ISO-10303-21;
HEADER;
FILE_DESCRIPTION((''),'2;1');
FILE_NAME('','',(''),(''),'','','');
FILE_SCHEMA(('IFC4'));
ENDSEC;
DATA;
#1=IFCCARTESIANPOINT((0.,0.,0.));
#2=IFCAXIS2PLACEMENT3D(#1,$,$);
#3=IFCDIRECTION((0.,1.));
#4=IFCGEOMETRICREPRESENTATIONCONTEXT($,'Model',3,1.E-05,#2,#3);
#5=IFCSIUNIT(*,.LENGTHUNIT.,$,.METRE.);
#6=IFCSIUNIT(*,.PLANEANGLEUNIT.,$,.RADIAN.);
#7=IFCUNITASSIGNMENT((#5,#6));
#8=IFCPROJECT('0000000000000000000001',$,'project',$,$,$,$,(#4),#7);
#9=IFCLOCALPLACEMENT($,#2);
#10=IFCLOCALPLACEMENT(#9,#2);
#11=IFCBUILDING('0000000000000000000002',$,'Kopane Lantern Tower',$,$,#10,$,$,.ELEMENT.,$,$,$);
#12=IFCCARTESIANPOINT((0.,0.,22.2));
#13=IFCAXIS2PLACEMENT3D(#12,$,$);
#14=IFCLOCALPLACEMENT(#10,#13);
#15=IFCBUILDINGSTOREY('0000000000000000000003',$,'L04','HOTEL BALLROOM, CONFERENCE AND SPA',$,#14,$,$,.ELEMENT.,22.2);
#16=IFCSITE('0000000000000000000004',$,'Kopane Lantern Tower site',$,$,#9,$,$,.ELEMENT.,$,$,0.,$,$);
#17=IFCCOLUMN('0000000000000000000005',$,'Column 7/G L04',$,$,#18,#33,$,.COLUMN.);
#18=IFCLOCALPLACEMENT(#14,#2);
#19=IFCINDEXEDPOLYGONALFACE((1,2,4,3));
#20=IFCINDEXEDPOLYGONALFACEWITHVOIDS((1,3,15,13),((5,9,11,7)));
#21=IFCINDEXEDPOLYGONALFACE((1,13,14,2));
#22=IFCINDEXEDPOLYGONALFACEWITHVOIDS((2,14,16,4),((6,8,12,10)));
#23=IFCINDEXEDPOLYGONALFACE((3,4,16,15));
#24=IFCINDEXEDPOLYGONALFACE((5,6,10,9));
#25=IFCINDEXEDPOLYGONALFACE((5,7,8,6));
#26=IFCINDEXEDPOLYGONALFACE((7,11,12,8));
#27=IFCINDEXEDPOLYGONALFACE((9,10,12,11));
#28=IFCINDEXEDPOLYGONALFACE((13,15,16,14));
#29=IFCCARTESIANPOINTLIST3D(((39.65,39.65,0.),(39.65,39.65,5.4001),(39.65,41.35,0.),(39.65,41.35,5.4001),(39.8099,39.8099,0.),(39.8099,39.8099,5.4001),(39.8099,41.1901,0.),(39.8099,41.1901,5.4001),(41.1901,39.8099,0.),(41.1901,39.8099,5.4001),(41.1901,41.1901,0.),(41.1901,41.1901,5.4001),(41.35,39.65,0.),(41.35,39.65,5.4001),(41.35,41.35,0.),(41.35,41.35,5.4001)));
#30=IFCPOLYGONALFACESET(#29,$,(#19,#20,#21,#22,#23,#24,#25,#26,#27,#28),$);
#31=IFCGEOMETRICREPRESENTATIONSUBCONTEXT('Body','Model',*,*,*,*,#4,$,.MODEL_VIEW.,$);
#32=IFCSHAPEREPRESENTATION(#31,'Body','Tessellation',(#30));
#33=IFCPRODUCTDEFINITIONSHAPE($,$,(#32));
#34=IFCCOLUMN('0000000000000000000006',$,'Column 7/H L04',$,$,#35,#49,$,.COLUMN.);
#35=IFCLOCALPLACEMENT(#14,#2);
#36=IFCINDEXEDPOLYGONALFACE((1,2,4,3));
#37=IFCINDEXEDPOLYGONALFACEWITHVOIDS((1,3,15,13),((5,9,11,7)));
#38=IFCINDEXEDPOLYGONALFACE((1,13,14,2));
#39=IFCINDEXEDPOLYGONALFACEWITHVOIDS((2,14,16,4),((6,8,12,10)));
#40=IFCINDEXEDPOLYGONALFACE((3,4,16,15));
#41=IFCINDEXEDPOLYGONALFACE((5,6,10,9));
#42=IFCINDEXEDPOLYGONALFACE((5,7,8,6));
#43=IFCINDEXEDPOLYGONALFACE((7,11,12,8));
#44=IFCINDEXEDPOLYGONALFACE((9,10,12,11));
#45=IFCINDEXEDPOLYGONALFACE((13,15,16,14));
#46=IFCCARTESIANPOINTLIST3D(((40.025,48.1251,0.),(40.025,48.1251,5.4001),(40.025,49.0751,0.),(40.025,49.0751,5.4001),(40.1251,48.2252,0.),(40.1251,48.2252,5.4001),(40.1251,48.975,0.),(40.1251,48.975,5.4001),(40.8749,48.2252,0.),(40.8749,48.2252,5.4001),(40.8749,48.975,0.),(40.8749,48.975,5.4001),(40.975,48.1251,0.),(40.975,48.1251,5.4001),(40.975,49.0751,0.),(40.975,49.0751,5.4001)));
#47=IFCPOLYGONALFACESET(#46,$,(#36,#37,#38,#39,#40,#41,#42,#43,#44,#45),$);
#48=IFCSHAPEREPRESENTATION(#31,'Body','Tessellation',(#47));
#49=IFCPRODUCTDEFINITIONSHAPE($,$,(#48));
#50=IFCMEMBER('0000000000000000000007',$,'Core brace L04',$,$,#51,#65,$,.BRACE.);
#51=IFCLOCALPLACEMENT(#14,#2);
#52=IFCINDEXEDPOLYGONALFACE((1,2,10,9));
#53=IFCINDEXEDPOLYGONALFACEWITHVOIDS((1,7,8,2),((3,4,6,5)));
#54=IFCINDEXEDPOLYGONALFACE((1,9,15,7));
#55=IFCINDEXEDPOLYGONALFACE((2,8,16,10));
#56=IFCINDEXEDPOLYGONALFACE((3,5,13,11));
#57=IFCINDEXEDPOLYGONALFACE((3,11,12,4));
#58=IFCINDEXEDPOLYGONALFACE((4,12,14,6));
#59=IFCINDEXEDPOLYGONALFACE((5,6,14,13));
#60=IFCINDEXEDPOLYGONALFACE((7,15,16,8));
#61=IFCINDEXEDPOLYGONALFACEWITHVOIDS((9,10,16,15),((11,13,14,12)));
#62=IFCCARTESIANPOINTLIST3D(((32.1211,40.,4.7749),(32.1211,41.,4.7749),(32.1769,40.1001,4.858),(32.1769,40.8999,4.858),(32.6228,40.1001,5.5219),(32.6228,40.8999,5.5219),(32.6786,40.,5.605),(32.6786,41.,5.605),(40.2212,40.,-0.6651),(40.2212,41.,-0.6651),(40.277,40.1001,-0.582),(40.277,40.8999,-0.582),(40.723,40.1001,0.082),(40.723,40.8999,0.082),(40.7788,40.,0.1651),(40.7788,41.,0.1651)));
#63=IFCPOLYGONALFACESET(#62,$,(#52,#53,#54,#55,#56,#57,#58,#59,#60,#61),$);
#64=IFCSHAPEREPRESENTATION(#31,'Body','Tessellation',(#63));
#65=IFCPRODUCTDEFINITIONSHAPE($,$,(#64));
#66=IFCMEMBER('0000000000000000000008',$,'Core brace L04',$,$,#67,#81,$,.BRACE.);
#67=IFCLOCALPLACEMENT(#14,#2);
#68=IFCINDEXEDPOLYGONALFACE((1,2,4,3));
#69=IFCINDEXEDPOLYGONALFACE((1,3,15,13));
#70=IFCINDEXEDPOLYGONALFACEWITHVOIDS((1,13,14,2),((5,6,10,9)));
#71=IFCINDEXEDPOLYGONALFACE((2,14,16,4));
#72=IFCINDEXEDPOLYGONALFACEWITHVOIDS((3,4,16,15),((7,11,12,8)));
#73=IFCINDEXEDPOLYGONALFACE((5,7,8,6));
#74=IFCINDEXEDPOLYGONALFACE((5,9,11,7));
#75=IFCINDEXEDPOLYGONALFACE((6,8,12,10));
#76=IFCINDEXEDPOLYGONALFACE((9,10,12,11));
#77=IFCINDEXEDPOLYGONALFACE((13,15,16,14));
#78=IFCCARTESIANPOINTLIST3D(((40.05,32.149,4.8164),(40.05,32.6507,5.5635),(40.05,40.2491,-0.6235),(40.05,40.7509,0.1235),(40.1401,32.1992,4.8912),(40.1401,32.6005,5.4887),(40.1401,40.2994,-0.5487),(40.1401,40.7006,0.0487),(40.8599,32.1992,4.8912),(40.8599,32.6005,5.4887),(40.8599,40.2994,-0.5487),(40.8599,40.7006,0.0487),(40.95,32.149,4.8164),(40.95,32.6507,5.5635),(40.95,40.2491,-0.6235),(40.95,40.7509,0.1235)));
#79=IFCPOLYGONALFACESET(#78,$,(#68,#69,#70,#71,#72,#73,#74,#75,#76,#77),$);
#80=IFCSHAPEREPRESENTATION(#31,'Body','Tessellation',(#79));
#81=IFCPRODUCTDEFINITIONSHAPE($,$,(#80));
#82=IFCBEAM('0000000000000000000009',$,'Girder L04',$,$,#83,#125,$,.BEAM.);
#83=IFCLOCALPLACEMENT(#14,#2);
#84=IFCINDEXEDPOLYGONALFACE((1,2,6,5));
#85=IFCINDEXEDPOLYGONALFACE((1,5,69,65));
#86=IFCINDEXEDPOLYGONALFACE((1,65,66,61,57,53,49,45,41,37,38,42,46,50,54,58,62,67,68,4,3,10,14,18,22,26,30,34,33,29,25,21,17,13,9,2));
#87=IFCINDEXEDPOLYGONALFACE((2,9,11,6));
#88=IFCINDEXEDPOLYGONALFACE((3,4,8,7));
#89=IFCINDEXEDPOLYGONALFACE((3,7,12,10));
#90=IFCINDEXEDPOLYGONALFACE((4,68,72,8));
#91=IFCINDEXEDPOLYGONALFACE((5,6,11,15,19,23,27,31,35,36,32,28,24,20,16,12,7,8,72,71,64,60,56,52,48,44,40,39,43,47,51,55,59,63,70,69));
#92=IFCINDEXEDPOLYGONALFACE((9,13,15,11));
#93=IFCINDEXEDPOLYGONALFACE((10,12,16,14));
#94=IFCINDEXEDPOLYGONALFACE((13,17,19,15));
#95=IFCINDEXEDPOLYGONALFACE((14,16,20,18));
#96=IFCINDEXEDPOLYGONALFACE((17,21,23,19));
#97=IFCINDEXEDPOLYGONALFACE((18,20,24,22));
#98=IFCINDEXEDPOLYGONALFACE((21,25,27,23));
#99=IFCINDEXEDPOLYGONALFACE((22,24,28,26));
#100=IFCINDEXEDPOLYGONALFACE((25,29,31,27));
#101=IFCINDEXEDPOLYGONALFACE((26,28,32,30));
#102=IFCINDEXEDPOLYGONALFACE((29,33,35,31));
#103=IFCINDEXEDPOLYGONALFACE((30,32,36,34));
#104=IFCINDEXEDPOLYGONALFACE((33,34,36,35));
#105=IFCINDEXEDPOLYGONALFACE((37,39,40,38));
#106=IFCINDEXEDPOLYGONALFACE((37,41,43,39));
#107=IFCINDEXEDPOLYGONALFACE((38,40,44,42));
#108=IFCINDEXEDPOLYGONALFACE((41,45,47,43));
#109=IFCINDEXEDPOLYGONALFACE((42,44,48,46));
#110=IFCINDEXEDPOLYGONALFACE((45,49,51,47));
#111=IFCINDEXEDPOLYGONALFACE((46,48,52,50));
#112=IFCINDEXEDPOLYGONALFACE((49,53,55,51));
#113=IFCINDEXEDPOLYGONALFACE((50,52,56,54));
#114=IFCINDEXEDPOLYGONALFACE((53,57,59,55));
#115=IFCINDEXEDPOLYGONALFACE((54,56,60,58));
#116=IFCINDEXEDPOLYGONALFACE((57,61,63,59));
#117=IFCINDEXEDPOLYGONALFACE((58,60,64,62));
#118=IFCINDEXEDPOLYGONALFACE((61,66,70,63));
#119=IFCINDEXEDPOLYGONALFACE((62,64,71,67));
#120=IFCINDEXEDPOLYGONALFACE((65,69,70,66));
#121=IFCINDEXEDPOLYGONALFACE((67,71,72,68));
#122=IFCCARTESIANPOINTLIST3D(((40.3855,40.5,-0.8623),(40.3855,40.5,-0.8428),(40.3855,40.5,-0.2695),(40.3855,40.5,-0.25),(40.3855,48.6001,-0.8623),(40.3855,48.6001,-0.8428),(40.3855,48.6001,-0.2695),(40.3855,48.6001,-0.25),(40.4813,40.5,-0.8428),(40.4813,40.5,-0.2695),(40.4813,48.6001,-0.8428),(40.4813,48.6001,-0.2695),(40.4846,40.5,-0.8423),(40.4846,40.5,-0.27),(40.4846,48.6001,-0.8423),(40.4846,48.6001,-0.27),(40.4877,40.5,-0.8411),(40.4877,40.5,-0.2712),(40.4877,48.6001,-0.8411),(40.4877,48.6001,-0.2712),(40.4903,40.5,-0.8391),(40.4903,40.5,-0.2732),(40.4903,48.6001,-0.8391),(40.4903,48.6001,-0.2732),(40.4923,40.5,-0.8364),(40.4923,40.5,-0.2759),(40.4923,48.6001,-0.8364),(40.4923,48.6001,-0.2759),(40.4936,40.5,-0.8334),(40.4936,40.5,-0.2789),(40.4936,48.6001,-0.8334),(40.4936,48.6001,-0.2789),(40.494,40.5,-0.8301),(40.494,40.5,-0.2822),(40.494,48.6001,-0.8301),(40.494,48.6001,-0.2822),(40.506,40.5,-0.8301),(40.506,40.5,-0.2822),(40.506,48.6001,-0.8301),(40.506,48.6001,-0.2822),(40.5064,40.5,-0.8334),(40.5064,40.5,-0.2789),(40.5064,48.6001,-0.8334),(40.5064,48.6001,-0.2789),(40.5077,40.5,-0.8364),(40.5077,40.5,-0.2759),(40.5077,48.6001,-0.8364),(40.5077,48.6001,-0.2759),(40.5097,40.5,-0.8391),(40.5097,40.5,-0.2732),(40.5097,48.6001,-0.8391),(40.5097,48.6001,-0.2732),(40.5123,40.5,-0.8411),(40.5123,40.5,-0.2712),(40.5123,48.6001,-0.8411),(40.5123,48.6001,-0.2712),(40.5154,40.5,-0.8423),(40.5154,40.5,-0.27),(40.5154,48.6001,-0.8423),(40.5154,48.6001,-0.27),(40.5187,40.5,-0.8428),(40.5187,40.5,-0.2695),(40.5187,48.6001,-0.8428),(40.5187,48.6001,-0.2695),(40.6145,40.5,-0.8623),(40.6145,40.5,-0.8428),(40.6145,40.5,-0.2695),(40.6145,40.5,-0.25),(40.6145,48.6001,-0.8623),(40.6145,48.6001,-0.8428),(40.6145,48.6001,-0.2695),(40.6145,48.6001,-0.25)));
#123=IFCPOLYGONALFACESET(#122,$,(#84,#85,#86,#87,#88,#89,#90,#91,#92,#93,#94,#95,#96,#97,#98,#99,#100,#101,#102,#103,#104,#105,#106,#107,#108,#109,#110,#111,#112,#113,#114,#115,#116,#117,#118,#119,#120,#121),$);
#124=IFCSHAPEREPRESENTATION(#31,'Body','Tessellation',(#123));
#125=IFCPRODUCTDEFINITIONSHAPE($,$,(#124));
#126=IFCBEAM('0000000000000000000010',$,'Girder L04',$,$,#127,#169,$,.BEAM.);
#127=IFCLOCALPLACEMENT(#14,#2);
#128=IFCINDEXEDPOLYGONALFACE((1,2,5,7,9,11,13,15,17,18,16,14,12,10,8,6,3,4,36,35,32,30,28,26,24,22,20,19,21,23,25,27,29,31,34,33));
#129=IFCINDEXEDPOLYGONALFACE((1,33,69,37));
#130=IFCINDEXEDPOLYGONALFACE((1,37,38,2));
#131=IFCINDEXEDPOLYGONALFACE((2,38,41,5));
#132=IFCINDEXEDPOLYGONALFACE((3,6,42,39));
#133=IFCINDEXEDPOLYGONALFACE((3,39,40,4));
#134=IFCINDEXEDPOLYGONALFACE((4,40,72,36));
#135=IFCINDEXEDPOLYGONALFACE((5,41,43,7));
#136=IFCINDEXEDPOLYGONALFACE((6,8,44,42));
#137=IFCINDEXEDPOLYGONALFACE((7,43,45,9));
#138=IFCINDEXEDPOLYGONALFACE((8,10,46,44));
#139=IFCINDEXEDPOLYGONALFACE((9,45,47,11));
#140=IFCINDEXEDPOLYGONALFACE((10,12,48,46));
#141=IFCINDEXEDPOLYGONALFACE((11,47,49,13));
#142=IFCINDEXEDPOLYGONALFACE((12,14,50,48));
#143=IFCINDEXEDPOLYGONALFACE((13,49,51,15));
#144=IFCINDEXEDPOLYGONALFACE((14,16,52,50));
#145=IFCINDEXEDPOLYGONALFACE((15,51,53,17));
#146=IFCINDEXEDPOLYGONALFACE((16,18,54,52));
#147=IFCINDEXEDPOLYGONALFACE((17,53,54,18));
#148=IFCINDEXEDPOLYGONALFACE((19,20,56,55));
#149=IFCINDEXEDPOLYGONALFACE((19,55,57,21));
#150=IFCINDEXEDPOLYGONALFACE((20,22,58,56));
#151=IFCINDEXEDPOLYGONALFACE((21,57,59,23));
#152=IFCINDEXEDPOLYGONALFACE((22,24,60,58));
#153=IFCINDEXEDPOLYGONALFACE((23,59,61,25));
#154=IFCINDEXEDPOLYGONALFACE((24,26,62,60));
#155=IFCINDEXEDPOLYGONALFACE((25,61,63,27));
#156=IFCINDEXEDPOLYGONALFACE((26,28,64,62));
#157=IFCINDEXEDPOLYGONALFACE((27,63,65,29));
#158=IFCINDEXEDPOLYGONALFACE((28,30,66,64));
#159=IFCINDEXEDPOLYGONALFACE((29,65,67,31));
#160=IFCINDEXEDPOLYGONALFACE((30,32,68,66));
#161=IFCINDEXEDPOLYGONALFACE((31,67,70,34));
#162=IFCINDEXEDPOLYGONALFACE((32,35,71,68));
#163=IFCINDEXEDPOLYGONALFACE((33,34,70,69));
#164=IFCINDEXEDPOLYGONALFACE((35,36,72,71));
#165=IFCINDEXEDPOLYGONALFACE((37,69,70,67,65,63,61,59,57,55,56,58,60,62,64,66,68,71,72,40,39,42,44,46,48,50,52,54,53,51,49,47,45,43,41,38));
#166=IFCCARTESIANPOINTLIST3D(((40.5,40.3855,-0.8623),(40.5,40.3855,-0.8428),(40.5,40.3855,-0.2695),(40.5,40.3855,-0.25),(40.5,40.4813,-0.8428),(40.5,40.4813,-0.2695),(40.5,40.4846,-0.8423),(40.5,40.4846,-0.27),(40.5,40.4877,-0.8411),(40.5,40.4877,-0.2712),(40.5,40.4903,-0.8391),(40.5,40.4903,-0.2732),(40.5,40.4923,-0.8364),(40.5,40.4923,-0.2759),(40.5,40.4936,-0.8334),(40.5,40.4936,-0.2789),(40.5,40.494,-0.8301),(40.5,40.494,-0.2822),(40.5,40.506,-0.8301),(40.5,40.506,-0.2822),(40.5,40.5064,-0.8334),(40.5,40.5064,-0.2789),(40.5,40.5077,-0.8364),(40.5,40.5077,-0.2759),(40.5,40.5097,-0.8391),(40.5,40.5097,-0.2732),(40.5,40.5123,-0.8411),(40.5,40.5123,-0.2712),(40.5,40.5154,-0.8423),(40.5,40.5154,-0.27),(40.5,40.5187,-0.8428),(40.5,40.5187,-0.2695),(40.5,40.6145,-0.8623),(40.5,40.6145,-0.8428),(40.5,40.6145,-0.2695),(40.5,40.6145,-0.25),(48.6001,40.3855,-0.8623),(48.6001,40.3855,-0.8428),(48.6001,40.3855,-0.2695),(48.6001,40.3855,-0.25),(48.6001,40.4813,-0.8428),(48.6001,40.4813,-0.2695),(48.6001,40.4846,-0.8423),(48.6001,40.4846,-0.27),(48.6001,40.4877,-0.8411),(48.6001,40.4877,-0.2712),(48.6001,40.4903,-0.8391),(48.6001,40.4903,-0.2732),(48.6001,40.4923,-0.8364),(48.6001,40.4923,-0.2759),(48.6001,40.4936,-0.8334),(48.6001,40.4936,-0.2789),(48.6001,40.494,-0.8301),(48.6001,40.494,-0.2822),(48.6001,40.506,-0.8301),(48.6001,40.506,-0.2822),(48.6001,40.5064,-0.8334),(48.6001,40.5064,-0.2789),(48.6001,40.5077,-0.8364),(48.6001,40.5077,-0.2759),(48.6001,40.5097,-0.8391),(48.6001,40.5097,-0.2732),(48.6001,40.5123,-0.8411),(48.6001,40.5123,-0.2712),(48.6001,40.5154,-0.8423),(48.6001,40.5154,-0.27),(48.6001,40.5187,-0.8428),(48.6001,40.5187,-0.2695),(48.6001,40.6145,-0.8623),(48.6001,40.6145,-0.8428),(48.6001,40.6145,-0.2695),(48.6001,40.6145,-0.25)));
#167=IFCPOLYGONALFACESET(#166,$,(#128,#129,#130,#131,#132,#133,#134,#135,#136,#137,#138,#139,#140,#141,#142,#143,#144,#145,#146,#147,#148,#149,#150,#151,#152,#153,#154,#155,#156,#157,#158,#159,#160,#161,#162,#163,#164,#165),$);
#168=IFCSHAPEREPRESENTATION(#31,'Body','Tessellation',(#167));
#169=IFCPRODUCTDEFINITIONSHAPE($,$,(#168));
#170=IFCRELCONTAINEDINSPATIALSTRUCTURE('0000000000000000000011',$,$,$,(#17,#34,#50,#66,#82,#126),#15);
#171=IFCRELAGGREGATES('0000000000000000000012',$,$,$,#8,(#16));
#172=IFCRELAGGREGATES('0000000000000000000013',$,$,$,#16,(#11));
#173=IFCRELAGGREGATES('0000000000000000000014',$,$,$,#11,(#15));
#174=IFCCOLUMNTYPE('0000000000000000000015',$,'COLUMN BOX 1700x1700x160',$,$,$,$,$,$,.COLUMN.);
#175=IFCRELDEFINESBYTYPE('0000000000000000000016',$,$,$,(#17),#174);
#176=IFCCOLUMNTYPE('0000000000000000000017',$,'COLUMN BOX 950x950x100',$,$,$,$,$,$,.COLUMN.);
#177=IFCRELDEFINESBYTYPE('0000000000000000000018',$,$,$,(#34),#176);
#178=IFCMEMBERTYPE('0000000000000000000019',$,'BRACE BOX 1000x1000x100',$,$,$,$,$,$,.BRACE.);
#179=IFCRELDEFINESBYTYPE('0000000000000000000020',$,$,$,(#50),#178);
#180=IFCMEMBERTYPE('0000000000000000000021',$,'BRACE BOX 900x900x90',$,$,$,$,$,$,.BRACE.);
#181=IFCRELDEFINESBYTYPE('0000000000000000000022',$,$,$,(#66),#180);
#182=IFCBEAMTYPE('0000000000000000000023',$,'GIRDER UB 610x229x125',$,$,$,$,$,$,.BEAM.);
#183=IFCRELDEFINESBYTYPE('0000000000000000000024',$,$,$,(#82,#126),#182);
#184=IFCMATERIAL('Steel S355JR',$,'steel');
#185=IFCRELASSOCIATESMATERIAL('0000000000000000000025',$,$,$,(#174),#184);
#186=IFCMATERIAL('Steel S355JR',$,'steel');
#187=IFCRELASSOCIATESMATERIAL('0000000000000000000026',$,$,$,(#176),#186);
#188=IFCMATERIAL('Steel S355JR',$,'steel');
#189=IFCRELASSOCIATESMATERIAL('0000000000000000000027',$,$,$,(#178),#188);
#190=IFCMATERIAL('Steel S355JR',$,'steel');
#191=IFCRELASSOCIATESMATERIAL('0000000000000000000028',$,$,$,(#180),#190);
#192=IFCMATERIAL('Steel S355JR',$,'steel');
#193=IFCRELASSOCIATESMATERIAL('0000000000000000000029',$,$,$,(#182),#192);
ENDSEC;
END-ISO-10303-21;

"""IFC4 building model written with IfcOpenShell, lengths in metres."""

from ifc_helpers import new_model, si_unit, direction, frame, origin, origin_2d, place, context, subcontext, project, spatial, hollow_rectangle, i_section, extrude, material, material_profile, profile_set, type_object, element, save


model = new_model("IFC4")

# Units and contexts
model_context = context("Model", 3, precision=1e-05, world=origin(), true_north=direction((0.0, 1.0)))
body_context = subcontext(model_context, "Body", "Model", "MODEL_VIEW")
ifc_project = project(units=[si_unit("LENGTHUNIT", "METRE"), si_unit("PLANEANGLEUNIT", "RADIAN")], contexts=[model_context])

# Site, building, storey
site_placement = place(None, origin())
site = spatial("IfcSite", under=ifc_project, at=site_placement, Name="Kopane Lantern Tower site", CompositionType="ELEMENT", RefElevation=0.0)
building_placement = place(site_placement, origin())
building = spatial("IfcBuilding", under=site, at=building_placement, Name="Kopane Lantern Tower", CompositionType="ELEMENT")
storey_placement = place(building_placement, frame((0.0, 0.0, 22.2)))
storey = spatial("IfcBuildingStorey", under=building, at=storey_placement, Name="L04", Description="HOTEL BALLROOM, CONFERENCE AND SPA", CompositionType="ELEMENT", Elevation=22.2)

# Columns
ifc_material_1 = material(Name="Steel S355JR", Category="steel")
ifc_material_profile_1 = material_profile(ifc_material_1, hollow_rectangle(XDim=1.7, YDim=1.7, WallThickness=0.1599, at=origin_2d()), Name="BOX 1700x1700x160")
ifc_profile_set_1 = profile_set([ifc_material_profile_1], Name="Steel S355JR")
column_type_1 = type_object("IfcColumnType", Name="COLUMN BOX 1700x1700x160", PredefinedType="COLUMN", material=ifc_profile_set_1)
column_1_placement = place(storey_placement, frame((40.5, 40.5, 0.0), z_axis=(0.0, 0.0, 1.0), x_axis=(1.0, 0.0, 0.0)))
element("IfcColumn", 1, at=column_1_placement, inside=storey, type_object=column_type_1, Name="Column 7/G L04", PredefinedType="COLUMN", context=body_context, shape_type="SweptSolid", body=[
    extrude(hollow_rectangle(XDim=1.7, YDim=1.7, WallThickness=0.1599, at=origin_2d()), origin(), (0.0, 0.0, 1.0), 5.4001),
])
ifc_material_2 = material(Name="Steel S355JR", Category="steel")
ifc_material_profile_2 = material_profile(ifc_material_2, hollow_rectangle(XDim=0.95, YDim=0.95, WallThickness=0.1001, at=origin_2d()), Name="BOX 950x950x100")
ifc_profile_set_2 = profile_set([ifc_material_profile_2], Name="Steel S355JR")
column_type_2 = type_object("IfcColumnType", Name="COLUMN BOX 950x950x100", PredefinedType="COLUMN", material=ifc_profile_set_2)
column_2_placement = place(storey_placement, frame((40.5, 48.6001, 0.0), z_axis=(0.0, 0.0, 1.0), x_axis=(1.0, 0.0, 0.0)))
element("IfcColumn", 2, at=column_2_placement, inside=storey, type_object=column_type_2, Name="Column 7/H L04", PredefinedType="COLUMN", context=body_context, shape_type="SweptSolid", body=[
    extrude(hollow_rectangle(XDim=0.95, YDim=0.95, WallThickness=0.1001, at=origin_2d()), origin(), (0.0, 0.0, 1.0), 5.4001),
])

# Members
ifc_material_3 = material(Name="Steel S355JR", Category="steel")
ifc_material_profile_3 = material_profile(ifc_material_3, hollow_rectangle(XDim=1.0, YDim=1.0, WallThickness=0.1001, at=origin_2d()), Name="BOX 1000x1000x100")
ifc_profile_set_3 = profile_set([ifc_material_profile_3], Name="Steel S355JR")
member_type_1 = type_object("IfcMemberType", Name="BRACE BOX 1000x1000x100", PredefinedType="BRACE", material=ifc_profile_set_3)
member_1_placement = place(storey_placement, frame((40.5, 40.5, -0.25), z_axis=(-0.830159, 0.0, 0.557526), x_axis=(0.0, -1.0, 0.0)))
element("IfcMember", 3, at=member_1_placement, inside=storey, type_object=member_type_1, Name="Core brace L04", PredefinedType="BRACE", context=body_context, shape_type="SweptSolid", body=[
    extrude(hollow_rectangle(XDim=1.0, YDim=1.0, WallThickness=0.1001, at=origin_2d()), origin(), (0.0, 0.0, 1.0), 9.7573),
])
ifc_material_4 = material(Name="Steel S355JR", Category="steel")
ifc_material_profile_4 = material_profile(ifc_material_4, hollow_rectangle(XDim=0.8999, YDim=0.8999, WallThickness=0.0901, at=origin_2d()), Name="BOX 900x900x90")
ifc_profile_set_4 = profile_set([ifc_material_profile_4], Name="Steel S355JR")
member_type_2 = type_object("IfcMemberType", Name="BRACE BOX 900x900x90", PredefinedType="BRACE", material=ifc_profile_set_4)
member_2_placement = place(storey_placement, frame((40.5, 40.5, -0.25), z_axis=(0.0, -0.830159, 0.557526), x_axis=(1.0, 0.0, 0.0)))
element("IfcMember", 4, at=member_2_placement, inside=storey, type_object=member_type_2, Name="Core brace L04", PredefinedType="BRACE", context=body_context, shape_type="SweptSolid", body=[
    extrude(hollow_rectangle(XDim=0.8999, YDim=0.8999, WallThickness=0.0901, at=origin_2d()), origin(), (0.0, 0.0, 1.0), 9.7573),
])

# Beams
ifc_material_5 = material(Name="Steel S355JR", Category="steel")
ifc_material_profile_5 = material_profile(ifc_material_5, i_section(OverallWidth=0.229, OverallDepth=0.6123, WebThickness=0.012, FlangeThickness=0.0195, FilletRadius=0.0127, at=origin_2d()), Name="UB 610x229x125")
ifc_profile_set_5 = profile_set([ifc_material_profile_5], Name="Steel S355JR")
beam_type = type_object("IfcBeamType", Name="GIRDER UB 610x229x125", PredefinedType="BEAM", material=ifc_profile_set_5)
for number, where, z_axis, x_axis, name in (
    (5, (40.5, 40.5, -0.5562), (0.0, 1.0, 0.0), (-1.0, 0.0, 0.0), "Girder L04"),
    (6, (40.5, 40.5, -0.5562), (1.0, 0.0, 0.0), (0.0, 1.0, 0.0), "Girder L04"),
):
    element("IfcBeam", number, at=place(storey_placement, frame(where, z_axis=z_axis, x_axis=x_axis)), inside=storey, type_object=beam_type, Name=name, PredefinedType="BEAM", context=body_context, shape_type="SweptSolid", body=[
        extrude(i_section(OverallWidth=0.229, OverallDepth=0.6123, WebThickness=0.012, FlangeThickness=0.0195, FilletRadius=0.0127, at=origin_2d()), origin(), (0.0, 0.0, 1.0), 8.1001),
    ])

save(model, "model.ifc")
